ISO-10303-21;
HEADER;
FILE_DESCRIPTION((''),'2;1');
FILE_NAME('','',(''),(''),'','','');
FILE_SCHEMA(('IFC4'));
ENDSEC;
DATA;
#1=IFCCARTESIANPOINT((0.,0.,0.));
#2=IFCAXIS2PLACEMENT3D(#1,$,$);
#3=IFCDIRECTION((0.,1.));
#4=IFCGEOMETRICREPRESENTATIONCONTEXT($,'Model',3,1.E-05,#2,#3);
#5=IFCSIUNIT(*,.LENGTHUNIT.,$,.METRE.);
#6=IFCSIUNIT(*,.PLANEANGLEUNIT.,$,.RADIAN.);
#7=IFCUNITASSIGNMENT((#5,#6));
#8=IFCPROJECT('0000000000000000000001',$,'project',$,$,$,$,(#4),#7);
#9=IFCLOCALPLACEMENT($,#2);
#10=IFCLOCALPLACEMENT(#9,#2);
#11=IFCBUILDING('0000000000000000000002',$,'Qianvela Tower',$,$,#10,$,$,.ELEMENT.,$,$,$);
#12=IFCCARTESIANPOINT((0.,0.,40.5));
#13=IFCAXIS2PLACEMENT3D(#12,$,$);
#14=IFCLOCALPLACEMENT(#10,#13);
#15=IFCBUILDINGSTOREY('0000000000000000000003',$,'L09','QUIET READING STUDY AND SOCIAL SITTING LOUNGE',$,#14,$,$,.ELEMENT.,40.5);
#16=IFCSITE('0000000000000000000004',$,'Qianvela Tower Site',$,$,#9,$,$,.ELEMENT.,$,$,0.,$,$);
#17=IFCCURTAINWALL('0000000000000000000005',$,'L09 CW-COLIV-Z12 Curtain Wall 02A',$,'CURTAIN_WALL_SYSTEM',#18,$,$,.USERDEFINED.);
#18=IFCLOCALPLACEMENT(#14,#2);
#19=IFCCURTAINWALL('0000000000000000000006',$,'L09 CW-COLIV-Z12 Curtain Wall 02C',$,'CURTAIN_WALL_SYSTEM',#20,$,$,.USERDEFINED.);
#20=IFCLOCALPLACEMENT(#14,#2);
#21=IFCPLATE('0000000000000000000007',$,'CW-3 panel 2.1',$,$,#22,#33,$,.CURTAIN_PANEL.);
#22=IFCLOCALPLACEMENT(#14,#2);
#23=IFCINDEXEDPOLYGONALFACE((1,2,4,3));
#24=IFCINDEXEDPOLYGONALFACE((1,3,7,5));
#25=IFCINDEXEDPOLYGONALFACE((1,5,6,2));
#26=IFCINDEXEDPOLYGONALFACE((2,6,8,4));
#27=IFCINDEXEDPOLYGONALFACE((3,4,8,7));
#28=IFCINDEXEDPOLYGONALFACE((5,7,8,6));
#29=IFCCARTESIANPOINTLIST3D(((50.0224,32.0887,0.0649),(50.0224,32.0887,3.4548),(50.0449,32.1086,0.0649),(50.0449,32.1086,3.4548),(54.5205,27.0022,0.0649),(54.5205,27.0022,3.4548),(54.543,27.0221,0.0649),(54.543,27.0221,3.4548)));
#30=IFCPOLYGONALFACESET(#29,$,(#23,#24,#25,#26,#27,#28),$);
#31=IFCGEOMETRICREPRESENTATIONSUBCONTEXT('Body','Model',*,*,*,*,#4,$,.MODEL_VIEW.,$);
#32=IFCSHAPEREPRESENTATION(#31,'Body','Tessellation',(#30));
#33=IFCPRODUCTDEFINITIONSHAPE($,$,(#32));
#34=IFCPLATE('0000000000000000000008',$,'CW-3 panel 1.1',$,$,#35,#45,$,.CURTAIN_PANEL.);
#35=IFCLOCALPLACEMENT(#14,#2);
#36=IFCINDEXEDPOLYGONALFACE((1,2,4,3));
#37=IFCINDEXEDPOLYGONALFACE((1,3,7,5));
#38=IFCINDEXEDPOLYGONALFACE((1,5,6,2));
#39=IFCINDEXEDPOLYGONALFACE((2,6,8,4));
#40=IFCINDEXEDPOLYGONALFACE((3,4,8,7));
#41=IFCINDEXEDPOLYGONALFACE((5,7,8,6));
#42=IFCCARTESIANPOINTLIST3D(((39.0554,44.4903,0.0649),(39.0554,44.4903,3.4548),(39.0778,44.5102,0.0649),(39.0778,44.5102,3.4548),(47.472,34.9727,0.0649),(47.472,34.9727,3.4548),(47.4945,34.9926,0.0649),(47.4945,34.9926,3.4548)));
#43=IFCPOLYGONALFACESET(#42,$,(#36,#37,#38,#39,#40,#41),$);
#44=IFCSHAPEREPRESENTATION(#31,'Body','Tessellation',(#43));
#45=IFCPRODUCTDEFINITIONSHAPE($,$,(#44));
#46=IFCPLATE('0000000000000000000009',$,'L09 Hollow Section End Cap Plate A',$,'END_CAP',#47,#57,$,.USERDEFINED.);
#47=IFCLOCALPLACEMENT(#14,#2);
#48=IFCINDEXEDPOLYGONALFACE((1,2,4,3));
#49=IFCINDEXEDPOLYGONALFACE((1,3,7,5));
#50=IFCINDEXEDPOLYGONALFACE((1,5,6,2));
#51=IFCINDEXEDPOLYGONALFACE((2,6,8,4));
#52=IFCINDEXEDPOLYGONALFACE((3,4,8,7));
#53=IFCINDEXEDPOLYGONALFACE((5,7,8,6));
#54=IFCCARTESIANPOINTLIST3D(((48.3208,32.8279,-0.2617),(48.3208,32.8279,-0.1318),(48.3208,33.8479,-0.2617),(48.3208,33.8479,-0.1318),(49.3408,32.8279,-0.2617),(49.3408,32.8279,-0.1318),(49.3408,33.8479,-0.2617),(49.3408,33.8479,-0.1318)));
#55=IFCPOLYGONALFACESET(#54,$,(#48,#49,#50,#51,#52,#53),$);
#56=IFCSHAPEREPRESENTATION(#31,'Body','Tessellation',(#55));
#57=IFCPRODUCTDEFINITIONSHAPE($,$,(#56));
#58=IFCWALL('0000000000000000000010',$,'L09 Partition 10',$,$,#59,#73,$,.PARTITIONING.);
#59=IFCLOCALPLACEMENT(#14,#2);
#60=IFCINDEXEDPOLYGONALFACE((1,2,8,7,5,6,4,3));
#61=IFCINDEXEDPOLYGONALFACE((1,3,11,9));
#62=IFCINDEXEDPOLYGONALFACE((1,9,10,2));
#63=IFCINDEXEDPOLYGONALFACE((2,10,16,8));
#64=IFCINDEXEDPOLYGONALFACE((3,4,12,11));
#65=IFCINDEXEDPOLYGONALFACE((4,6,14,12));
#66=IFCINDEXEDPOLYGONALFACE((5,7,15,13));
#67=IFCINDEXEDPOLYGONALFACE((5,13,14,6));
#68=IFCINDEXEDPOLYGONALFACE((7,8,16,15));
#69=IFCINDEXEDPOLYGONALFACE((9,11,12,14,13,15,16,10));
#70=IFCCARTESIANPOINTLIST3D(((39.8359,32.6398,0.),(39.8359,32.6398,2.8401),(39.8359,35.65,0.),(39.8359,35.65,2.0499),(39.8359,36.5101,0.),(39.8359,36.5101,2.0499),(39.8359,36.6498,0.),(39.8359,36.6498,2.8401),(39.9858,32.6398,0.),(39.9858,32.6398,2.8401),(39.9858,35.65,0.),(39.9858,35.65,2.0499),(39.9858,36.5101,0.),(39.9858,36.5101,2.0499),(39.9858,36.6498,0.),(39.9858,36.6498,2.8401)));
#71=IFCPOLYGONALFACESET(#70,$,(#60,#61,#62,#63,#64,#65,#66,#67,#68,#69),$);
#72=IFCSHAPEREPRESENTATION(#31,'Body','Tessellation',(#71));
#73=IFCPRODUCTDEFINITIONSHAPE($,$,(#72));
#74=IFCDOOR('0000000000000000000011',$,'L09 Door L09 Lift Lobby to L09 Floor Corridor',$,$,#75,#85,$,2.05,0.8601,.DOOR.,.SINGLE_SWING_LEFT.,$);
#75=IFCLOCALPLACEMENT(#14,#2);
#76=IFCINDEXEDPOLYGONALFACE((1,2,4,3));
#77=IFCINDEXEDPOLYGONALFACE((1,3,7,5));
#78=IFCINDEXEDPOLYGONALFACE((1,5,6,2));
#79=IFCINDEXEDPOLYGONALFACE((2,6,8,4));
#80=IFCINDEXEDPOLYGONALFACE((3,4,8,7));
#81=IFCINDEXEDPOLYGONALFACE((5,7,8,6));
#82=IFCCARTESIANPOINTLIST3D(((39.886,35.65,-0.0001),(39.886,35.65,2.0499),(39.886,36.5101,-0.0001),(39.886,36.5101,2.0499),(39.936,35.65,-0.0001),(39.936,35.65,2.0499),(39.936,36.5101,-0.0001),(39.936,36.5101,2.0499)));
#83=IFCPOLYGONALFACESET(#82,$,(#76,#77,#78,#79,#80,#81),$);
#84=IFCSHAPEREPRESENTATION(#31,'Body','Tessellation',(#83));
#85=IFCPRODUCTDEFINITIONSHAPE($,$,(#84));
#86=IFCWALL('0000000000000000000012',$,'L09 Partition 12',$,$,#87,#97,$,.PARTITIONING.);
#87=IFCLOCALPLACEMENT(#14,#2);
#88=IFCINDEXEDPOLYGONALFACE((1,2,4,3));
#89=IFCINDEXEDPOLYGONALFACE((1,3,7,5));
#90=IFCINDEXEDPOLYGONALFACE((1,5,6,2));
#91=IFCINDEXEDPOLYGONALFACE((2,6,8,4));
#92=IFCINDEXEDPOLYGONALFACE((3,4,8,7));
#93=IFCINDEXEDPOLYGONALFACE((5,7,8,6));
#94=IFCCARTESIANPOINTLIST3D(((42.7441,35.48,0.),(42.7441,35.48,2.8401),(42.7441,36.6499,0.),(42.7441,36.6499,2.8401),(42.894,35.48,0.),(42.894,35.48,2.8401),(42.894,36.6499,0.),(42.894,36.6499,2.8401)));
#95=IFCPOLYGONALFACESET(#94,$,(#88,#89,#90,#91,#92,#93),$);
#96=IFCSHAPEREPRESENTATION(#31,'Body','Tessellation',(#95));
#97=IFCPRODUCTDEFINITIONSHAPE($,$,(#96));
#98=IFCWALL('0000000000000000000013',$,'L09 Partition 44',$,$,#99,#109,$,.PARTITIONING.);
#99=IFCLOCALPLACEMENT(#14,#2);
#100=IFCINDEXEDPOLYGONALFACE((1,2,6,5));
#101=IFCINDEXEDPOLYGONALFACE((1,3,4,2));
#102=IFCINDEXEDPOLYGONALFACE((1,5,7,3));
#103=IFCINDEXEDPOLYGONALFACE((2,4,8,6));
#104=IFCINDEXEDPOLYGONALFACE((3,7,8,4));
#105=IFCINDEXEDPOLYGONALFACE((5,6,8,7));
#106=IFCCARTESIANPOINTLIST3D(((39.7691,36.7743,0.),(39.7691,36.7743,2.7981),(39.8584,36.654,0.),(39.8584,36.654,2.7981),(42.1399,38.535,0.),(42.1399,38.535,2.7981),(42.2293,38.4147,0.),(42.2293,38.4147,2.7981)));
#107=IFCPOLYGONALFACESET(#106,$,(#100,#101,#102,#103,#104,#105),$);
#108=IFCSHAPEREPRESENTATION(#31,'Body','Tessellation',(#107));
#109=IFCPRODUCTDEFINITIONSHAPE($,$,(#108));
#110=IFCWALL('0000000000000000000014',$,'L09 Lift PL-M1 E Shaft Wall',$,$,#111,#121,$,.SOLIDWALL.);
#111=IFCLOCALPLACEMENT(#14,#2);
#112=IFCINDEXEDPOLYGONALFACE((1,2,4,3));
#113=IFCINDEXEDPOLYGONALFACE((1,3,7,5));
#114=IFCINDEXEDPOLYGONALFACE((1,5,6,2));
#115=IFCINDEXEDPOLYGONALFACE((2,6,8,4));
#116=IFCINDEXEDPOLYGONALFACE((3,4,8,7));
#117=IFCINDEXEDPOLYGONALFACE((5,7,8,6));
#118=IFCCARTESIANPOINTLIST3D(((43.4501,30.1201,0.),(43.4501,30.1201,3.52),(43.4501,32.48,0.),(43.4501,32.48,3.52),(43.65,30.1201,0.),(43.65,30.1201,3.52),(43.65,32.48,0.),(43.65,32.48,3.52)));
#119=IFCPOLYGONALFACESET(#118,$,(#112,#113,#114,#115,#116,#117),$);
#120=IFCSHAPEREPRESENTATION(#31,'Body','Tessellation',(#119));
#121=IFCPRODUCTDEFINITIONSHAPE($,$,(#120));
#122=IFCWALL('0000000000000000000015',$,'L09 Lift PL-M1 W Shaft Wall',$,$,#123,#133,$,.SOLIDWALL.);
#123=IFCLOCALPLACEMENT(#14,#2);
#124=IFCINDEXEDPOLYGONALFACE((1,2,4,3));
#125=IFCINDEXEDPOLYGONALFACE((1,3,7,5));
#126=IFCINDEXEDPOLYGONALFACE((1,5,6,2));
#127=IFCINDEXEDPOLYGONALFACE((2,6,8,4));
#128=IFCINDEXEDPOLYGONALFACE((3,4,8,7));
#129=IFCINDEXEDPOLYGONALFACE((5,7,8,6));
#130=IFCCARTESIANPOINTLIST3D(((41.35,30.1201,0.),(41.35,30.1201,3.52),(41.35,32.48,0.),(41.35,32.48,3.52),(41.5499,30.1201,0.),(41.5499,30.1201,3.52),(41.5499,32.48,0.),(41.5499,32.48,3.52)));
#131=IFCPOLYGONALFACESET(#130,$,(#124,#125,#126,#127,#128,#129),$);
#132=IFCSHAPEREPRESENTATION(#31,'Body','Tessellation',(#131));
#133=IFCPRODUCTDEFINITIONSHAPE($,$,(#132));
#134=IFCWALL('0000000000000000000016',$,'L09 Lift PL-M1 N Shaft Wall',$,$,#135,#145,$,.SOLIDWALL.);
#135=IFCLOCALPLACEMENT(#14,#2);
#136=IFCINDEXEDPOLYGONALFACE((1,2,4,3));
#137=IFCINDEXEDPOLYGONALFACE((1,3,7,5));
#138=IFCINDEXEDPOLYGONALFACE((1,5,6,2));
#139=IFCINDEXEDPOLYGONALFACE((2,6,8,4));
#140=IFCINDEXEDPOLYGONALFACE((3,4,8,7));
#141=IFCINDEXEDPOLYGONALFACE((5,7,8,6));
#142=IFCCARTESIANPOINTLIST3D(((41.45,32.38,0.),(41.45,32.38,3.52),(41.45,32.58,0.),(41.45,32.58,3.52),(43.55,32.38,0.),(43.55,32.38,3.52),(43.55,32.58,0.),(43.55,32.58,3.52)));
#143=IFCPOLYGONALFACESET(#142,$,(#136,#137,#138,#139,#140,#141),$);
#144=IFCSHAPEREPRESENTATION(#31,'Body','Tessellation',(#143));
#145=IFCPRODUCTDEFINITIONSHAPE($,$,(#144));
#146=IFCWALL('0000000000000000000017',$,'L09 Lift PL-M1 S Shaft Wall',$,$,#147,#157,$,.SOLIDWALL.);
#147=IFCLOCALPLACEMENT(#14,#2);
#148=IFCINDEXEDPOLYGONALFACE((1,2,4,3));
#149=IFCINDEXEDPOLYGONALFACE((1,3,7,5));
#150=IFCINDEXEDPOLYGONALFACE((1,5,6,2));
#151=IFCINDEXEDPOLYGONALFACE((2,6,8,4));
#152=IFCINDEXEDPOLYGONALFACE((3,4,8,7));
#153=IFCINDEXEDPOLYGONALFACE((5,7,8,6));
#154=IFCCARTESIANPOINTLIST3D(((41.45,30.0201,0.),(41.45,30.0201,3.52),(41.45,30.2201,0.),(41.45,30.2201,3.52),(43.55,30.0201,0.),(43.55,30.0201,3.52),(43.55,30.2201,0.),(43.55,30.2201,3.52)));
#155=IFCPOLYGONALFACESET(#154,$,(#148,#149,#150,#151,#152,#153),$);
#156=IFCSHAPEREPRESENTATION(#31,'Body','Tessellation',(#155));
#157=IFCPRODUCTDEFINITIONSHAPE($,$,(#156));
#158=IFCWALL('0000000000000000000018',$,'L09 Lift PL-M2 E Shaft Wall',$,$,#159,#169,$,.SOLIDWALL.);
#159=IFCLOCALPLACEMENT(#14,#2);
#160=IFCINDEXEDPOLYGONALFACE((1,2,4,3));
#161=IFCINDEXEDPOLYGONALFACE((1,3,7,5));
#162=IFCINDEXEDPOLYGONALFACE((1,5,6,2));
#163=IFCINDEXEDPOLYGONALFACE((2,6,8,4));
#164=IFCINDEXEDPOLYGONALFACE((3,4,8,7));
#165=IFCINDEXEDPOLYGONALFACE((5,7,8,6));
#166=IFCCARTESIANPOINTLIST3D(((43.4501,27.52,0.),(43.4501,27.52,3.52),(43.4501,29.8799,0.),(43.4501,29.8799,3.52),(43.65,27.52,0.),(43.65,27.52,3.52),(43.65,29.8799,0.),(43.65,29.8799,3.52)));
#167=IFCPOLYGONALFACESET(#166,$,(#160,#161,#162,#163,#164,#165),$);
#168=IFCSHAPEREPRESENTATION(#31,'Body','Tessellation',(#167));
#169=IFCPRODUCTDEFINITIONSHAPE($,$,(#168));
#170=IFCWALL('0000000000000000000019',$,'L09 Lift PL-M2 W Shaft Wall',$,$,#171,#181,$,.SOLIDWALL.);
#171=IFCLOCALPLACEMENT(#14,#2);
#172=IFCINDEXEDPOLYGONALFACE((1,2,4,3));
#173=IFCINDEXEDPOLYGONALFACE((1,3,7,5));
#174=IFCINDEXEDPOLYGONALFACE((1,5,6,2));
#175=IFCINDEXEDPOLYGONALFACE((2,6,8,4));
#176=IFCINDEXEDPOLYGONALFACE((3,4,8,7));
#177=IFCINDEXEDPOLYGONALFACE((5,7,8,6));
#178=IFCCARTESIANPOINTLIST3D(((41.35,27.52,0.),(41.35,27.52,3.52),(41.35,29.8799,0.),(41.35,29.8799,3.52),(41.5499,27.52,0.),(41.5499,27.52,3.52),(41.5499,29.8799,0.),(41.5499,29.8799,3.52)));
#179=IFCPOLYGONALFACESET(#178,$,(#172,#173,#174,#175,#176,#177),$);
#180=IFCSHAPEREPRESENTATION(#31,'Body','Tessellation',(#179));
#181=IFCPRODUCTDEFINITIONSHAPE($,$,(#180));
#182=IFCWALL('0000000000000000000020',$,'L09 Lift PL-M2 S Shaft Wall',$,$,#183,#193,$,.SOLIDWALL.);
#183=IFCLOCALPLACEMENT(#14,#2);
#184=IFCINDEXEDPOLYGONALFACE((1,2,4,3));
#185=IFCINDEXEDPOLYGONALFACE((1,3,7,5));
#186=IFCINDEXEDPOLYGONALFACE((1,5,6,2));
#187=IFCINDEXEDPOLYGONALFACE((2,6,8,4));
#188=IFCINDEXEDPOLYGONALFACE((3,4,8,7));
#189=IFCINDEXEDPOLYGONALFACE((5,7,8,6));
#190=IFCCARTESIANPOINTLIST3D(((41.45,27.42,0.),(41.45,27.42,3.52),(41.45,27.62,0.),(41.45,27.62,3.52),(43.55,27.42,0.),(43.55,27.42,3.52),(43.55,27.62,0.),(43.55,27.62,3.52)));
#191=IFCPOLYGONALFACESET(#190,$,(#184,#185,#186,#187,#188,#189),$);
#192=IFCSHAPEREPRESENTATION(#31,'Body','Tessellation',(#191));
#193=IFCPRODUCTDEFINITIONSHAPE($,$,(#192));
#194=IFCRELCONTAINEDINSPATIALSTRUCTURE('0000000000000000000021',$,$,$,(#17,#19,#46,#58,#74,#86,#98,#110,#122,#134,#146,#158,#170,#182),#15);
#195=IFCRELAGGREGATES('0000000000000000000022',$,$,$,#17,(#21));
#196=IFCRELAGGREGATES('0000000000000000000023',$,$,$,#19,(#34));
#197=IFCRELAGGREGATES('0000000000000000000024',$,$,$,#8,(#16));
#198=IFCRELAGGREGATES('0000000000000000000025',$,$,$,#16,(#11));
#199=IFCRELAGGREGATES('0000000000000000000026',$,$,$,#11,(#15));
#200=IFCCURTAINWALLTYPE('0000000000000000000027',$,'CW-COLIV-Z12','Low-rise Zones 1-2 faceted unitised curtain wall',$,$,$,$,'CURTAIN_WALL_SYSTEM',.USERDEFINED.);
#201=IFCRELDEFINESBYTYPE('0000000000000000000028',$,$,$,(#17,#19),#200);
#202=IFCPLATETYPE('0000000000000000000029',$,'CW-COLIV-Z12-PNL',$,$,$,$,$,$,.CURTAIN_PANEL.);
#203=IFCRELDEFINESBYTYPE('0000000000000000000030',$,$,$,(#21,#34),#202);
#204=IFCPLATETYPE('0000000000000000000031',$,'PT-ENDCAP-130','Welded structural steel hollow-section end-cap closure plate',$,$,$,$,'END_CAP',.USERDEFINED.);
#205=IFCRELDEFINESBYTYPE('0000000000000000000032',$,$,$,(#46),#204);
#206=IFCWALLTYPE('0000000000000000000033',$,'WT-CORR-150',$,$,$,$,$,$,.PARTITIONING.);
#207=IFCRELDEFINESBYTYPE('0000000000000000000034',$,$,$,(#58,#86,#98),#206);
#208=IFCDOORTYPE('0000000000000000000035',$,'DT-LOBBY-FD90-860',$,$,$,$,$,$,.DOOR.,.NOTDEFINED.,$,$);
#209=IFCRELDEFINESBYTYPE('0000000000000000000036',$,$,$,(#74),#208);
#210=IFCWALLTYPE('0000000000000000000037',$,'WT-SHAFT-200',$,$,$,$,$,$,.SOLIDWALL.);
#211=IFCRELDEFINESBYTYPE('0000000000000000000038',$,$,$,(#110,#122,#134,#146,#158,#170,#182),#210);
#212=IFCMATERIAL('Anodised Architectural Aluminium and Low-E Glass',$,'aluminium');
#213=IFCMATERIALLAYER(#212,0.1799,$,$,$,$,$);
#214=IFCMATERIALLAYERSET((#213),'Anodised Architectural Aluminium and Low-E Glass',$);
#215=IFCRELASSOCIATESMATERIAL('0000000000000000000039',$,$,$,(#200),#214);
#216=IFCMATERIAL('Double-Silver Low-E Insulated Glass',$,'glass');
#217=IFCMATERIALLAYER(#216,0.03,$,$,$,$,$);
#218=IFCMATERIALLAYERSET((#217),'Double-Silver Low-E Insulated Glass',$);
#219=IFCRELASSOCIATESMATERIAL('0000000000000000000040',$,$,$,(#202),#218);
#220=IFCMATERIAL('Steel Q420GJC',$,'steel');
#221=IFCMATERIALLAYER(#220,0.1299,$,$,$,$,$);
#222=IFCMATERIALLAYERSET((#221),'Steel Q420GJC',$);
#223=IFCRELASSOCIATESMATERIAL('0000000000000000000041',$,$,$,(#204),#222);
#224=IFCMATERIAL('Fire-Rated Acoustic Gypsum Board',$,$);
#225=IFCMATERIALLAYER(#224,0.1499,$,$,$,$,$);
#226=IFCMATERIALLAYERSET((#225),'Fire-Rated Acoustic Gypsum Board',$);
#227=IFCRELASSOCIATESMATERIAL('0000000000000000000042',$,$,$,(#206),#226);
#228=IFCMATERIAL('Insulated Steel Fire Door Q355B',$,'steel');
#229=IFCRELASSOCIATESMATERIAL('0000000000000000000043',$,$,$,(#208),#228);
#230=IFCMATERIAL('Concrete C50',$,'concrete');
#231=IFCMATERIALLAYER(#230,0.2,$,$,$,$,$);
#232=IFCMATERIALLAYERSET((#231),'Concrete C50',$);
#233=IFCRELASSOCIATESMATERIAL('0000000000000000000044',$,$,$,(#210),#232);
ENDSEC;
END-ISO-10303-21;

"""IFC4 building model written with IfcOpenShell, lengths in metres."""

from ifc_helpers import new_model, si_unit, direction, frame, frame_2d, origin, origin_2d, place, context, subcontext, project, spatial, rectangle, extrude, material, layer, layer_set, type_object, element, fill, aggregate, save


model = new_model("IFC4")

# Units and contexts
model_context = context("Model", 3, precision=1e-05, world=origin(), true_north=direction((0.0, 1.0)))
body_context = subcontext(model_context, "Body", "Model", "MODEL_VIEW")
ifc_project = project(units=[si_unit("LENGTHUNIT", "METRE"), si_unit("PLANEANGLEUNIT", "RADIAN")], contexts=[model_context])

# Site, building, storey
site_placement = place(None, origin())
site = spatial("IfcSite", under=ifc_project, at=site_placement, Name="Qianvela Tower Site", CompositionType="ELEMENT", RefElevation=0.0)
building_placement = place(site_placement, origin())
building = spatial("IfcBuilding", under=site, at=building_placement, Name="Qianvela Tower", CompositionType="ELEMENT")
storey_placement = place(building_placement, frame((0.0, 0.0, 40.5)))
storey = spatial("IfcBuildingStorey", under=building, at=storey_placement, Name="L09", Description="QUIET READING STUDY AND SOCIAL SITTING LOUNGE", CompositionType="ELEMENT", Elevation=40.5)

# Curtain wall
ifc_material_1 = material(Name="Anodised Architectural Aluminium and Low-E Glass", Category="aluminium")
ifc_layer_1 = layer(ifc_material_1, 0.1799)
ifc_layer_set_1 = layer_set([ifc_layer_1], Name="Anodised Architectural Aluminium and Low-E Glass")
curtain_wall_type_1 = type_object("IfcCurtainWallType", Name="CW-COLIV-Z12", Description="Low-rise Zones 1-2 faceted unitised curtain wall", ElementType="CURTAIN_WALL_SYSTEM", PredefinedType="USERDEFINED", material=ifc_layer_set_1)
curtain_wall_1_placement = place(storey_placement, origin())
curtain_wall_1 = element("IfcCurtainWall", 1, at=curtain_wall_1_placement, inside=storey, type_object=curtain_wall_type_1, Name="L09 CW-COLIV-Z12 Curtain Wall 02A", ObjectType="CURTAIN_WALL_SYSTEM", PredefinedType="USERDEFINED")

# Curtain wall
curtain_wall_2_placement = place(storey_placement, origin())
curtain_wall_2 = element("IfcCurtainWall", 2, at=curtain_wall_2_placement, inside=storey, type_object=curtain_wall_type_1, Name="L09 CW-COLIV-Z12 Curtain Wall 02C", ObjectType="CURTAIN_WALL_SYSTEM", PredefinedType="USERDEFINED")

# Plates
ifc_material_2 = material(Name="Double-Silver Low-E Insulated Glass", Category="glass")
ifc_layer_2 = layer(ifc_material_2, 0.03)
ifc_layer_set_2 = layer_set([ifc_layer_2], Name="Double-Silver Low-E Insulated Glass")
plate_type_1 = type_object("IfcPlateType", Name="CW-COLIV-Z12-PNL", PredefinedType="CURTAIN_PANEL", material=ifc_layer_set_2)
plate_1_placement = place(storey_placement, frame((52.2827, 29.5554, 0.0649), z_axis=(0.0, 0.0, 1.0), x_axis=(-0.66245, 0.749106, 0.0)))
plate_1 = element("IfcPlate", 3, at=plate_1_placement, type_object=plate_type_1, Name="CW-3 panel 2.1", PredefinedType="CURTAIN_PANEL", context=body_context, shape_type="SweptSolid", body=[
    extrude(rectangle(XDim=6.79, YDim=0.03, at=origin_2d()), origin(), (0.0, 0.0, 1.0), 3.3899),
])
aggregate(curtain_wall_1, [plate_1])
plate_2_placement = place(storey_placement, frame((43.2749, 39.7415, 0.0649), z_axis=(0.0, 0.0, 1.0), x_axis=(-0.662447, 0.749109, 0.0)))
plate_2 = element("IfcPlate", 4, at=plate_2_placement, type_object=plate_type_1, Name="CW-3 panel 1.1", PredefinedType="CURTAIN_PANEL", context=body_context, shape_type="SweptSolid", body=[
    extrude(rectangle(XDim=12.7053, YDim=0.03, at=origin_2d()), origin(), (0.0, 0.0, 1.0), 3.3899),
])
aggregate(curtain_wall_2, [plate_2])
ifc_material_3 = material(Name="Steel Q420GJC", Category="steel")
ifc_layer_3 = layer(ifc_material_3, 0.1299)
ifc_layer_set_3 = layer_set([ifc_layer_3], Name="Steel Q420GJC")
plate_type_2 = type_object("IfcPlateType", Name="PT-ENDCAP-130", Description="Welded structural steel hollow-section end-cap closure plate", ElementType="END_CAP", PredefinedType="USERDEFINED", material=ifc_layer_set_3)
plate_3_placement = place(storey_placement, frame((48.8308, 33.3379, -0.2617), z_axis=(0.0, 0.0, 1.0), x_axis=(1.0, 0.0, 0.0)))
element("IfcPlate", 5, at=plate_3_placement, inside=storey, type_object=plate_type_2, Name="L09 Hollow Section End Cap Plate A", ObjectType="END_CAP", PredefinedType="USERDEFINED", context=body_context, shape_type="SweptSolid", body=[
    extrude(rectangle(XDim=1.02, YDim=1.02, at=origin_2d()), origin(), (0.0, 0.0, 1.0), 0.1299),
])

# Wall, opening, door
ifc_material_4 = material(Name="Fire-Rated Acoustic Gypsum Board")
ifc_layer_4 = layer(ifc_material_4, 0.1499)
ifc_layer_set_4 = layer_set([ifc_layer_4], Name="Fire-Rated Acoustic Gypsum Board")
wall_type_1 = type_object("IfcWallType", Name="WT-CORR-150", PredefinedType="PARTITIONING", material=ifc_layer_set_4)
wall_1_placement = place(storey_placement, frame((39.9109, 32.6399, 0.0), z_axis=(0.0, 0.0, 1.0), x_axis=(0.0, 1.0, 0.0)))
wall_1 = element("IfcWall", 6, at=wall_1_placement, inside=storey, type_object=wall_type_1, Name="L09 Partition 10", PredefinedType="PARTITIONING", context=body_context, shape_type="SweptSolid", body=[
    extrude(rectangle(XDim=4.01, YDim=0.1499, at=frame_2d((2.0049, 0.0))), origin(), (0.0, 0.0, 1.0), 2.8401),
])
opening_placement = place(wall_1_placement, frame((3.01, 0.0, 0.0)))
opening = element("IfcOpeningElement", 7, at=opening_placement, cuts=wall_1, PredefinedType="OPENING", context=body_context, shape_type="SweptSolid", body=[
    extrude(rectangle(XDim=0.8601, YDim=2.05, at=frame_2d((0.4302, 1.0249))), frame((0.0, 0.085, 0.0), z_axis=(0.0, -1.0, 0.0), x_axis=(1.0, 0.0, 0.0)), (0.0, 0.0, 1.0), 0.1699),
])
ifc_material_5 = material(Name="Insulated Steel Fire Door Q355B", Category="steel")
door_type = type_object("IfcDoorType", Name="DT-LOBBY-FD90-860", OperationType="NOTDEFINED", PredefinedType="DOOR", material=ifc_material_5)
door_placement = place(opening_placement, origin())
door = element("IfcDoor", 8, at=door_placement, inside=storey, type_object=door_type, Name="L09 Door L09 Lift Lobby to L09 Floor Corridor", OperationType="SINGLE_SWING_LEFT", OverallHeight=2.05, OverallWidth=0.8601, PredefinedType="DOOR", context=body_context, shape_type="SweptSolid", body=[
    extrude(rectangle(XDim=0.8601, YDim=2.05, at=frame_2d((0.4302, 1.0249))), frame((0.0, 0.0249, 0.0), z_axis=(0.0, -1.0, 0.0), x_axis=(1.0, 0.0, 0.0)), (0.0, 0.0, 1.0), 0.05),
])
fill(opening, door)

# Walls
wall_2_placement = place(storey_placement, frame((42.8191, 36.6499, 0.0), z_axis=(0.0, 0.0, 1.0), x_axis=(0.0, -1.0, 0.0)))
element("IfcWall", 9, at=wall_2_placement, inside=storey, type_object=wall_type_1, Name="L09 Partition 12", PredefinedType="PARTITIONING", context=body_context, shape_type="SweptSolid", body=[
    extrude(rectangle(XDim=1.1699, YDim=0.1499, at=frame_2d((0.585, 0.0))), origin(), (0.0, 0.0, 1.0), 2.8401),
])
wall_3_placement = place(storey_placement, frame((42.1846, 38.4749, 0.0), z_axis=(0.0, 0.0, 1.0), x_axis=(-0.802818, -0.596224, 0.0)))
element("IfcWall", 10, at=wall_3_placement, inside=storey, type_object=wall_type_1, Name="L09 Partition 44", PredefinedType="PARTITIONING", context=body_context, shape_type="SweptSolid", body=[
    extrude(rectangle(XDim=2.9531, YDim=0.1499, at=frame_2d((1.4766, 0.0))), origin(), (0.0, 0.0, 1.0), 2.7981),
])
ifc_material_6 = material(Name="Concrete C50", Category="concrete")
ifc_layer_5 = layer(ifc_material_6, 0.2)
ifc_layer_set_5 = layer_set([ifc_layer_5], Name="Concrete C50")
wall_type_2 = type_object("IfcWallType", Name="WT-SHAFT-200", PredefinedType="SOLIDWALL", material=ifc_layer_set_5)
for number, where, z_axis, x_axis, name in (
    (11, (43.55, 30.1201, 0.0), (0.0, 0.0, 1.0), (0.0, 1.0, 0.0), "L09 Lift PL-M1 E Shaft Wall"),
    (12, (41.45, 30.1201, 0.0), (0.0, 0.0, 1.0), (0.0, 1.0, 0.0), "L09 Lift PL-M1 W Shaft Wall"),
):
    element("IfcWall", number, at=place(storey_placement, frame(where, z_axis=z_axis, x_axis=x_axis)), inside=storey, type_object=wall_type_2, Name=name, PredefinedType="SOLIDWALL", context=body_context, shape_type="SweptSolid", body=[
        extrude(rectangle(XDim=2.3599, YDim=0.2, at=frame_2d((1.1799, 0.0))), origin(), (0.0, 0.0, 1.0), 3.52),
    ])
for number, where, z_axis, x_axis, name in (
    (13, (41.45, 32.48, 0.0), (0.0, 0.0, 1.0), (1.0, 0.0, 0.0), "L09 Lift PL-M1 N Shaft Wall"),
    (14, (41.45, 30.1201, 0.0), (0.0, 0.0, 1.0), (1.0, 0.0, 0.0), "L09 Lift PL-M1 S Shaft Wall"),
):
    element("IfcWall", number, at=place(storey_placement, frame(where, z_axis=z_axis, x_axis=x_axis)), inside=storey, type_object=wall_type_2, Name=name, PredefinedType="SOLIDWALL", context=body_context, shape_type="SweptSolid", body=[
        extrude(rectangle(XDim=2.1001, YDim=0.2, at=frame_2d((1.05, 0.0))), origin(), (0.0, 0.0, 1.0), 3.52),
    ])
for number, where, z_axis, x_axis, name in (
    (15, (43.55, 27.52, 0.0), (0.0, 0.0, 1.0), (0.0, 1.0, 0.0), "L09 Lift PL-M2 E Shaft Wall"),
    (16, (41.45, 27.52, 0.0), (0.0, 0.0, 1.0), (0.0, 1.0, 0.0), "L09 Lift PL-M2 W Shaft Wall"),
):
    element("IfcWall", number, at=place(storey_placement, frame(where, z_axis=z_axis, x_axis=x_axis)), inside=storey, type_object=wall_type_2, Name=name, PredefinedType="SOLIDWALL", context=body_context, shape_type="SweptSolid", body=[
        extrude(rectangle(XDim=2.3599, YDim=0.2, at=frame_2d((1.1799, 0.0))), origin(), (0.0, 0.0, 1.0), 3.52),
    ])
wall_4_placement = place(storey_placement, frame((41.45, 27.52, 0.0), z_axis=(0.0, 0.0, 1.0), x_axis=(1.0, 0.0, 0.0)))
element("IfcWall", 17, at=wall_4_placement, inside=storey, type_object=wall_type_2, Name="L09 Lift PL-M2 S Shaft Wall", PredefinedType="SOLIDWALL", context=body_context, shape_type="SweptSolid", body=[
    extrude(rectangle(XDim=2.1001, YDim=0.2, at=frame_2d((1.05, 0.0))), origin(), (0.0, 0.0, 1.0), 3.52),
])

save(model, "model.ifc")
